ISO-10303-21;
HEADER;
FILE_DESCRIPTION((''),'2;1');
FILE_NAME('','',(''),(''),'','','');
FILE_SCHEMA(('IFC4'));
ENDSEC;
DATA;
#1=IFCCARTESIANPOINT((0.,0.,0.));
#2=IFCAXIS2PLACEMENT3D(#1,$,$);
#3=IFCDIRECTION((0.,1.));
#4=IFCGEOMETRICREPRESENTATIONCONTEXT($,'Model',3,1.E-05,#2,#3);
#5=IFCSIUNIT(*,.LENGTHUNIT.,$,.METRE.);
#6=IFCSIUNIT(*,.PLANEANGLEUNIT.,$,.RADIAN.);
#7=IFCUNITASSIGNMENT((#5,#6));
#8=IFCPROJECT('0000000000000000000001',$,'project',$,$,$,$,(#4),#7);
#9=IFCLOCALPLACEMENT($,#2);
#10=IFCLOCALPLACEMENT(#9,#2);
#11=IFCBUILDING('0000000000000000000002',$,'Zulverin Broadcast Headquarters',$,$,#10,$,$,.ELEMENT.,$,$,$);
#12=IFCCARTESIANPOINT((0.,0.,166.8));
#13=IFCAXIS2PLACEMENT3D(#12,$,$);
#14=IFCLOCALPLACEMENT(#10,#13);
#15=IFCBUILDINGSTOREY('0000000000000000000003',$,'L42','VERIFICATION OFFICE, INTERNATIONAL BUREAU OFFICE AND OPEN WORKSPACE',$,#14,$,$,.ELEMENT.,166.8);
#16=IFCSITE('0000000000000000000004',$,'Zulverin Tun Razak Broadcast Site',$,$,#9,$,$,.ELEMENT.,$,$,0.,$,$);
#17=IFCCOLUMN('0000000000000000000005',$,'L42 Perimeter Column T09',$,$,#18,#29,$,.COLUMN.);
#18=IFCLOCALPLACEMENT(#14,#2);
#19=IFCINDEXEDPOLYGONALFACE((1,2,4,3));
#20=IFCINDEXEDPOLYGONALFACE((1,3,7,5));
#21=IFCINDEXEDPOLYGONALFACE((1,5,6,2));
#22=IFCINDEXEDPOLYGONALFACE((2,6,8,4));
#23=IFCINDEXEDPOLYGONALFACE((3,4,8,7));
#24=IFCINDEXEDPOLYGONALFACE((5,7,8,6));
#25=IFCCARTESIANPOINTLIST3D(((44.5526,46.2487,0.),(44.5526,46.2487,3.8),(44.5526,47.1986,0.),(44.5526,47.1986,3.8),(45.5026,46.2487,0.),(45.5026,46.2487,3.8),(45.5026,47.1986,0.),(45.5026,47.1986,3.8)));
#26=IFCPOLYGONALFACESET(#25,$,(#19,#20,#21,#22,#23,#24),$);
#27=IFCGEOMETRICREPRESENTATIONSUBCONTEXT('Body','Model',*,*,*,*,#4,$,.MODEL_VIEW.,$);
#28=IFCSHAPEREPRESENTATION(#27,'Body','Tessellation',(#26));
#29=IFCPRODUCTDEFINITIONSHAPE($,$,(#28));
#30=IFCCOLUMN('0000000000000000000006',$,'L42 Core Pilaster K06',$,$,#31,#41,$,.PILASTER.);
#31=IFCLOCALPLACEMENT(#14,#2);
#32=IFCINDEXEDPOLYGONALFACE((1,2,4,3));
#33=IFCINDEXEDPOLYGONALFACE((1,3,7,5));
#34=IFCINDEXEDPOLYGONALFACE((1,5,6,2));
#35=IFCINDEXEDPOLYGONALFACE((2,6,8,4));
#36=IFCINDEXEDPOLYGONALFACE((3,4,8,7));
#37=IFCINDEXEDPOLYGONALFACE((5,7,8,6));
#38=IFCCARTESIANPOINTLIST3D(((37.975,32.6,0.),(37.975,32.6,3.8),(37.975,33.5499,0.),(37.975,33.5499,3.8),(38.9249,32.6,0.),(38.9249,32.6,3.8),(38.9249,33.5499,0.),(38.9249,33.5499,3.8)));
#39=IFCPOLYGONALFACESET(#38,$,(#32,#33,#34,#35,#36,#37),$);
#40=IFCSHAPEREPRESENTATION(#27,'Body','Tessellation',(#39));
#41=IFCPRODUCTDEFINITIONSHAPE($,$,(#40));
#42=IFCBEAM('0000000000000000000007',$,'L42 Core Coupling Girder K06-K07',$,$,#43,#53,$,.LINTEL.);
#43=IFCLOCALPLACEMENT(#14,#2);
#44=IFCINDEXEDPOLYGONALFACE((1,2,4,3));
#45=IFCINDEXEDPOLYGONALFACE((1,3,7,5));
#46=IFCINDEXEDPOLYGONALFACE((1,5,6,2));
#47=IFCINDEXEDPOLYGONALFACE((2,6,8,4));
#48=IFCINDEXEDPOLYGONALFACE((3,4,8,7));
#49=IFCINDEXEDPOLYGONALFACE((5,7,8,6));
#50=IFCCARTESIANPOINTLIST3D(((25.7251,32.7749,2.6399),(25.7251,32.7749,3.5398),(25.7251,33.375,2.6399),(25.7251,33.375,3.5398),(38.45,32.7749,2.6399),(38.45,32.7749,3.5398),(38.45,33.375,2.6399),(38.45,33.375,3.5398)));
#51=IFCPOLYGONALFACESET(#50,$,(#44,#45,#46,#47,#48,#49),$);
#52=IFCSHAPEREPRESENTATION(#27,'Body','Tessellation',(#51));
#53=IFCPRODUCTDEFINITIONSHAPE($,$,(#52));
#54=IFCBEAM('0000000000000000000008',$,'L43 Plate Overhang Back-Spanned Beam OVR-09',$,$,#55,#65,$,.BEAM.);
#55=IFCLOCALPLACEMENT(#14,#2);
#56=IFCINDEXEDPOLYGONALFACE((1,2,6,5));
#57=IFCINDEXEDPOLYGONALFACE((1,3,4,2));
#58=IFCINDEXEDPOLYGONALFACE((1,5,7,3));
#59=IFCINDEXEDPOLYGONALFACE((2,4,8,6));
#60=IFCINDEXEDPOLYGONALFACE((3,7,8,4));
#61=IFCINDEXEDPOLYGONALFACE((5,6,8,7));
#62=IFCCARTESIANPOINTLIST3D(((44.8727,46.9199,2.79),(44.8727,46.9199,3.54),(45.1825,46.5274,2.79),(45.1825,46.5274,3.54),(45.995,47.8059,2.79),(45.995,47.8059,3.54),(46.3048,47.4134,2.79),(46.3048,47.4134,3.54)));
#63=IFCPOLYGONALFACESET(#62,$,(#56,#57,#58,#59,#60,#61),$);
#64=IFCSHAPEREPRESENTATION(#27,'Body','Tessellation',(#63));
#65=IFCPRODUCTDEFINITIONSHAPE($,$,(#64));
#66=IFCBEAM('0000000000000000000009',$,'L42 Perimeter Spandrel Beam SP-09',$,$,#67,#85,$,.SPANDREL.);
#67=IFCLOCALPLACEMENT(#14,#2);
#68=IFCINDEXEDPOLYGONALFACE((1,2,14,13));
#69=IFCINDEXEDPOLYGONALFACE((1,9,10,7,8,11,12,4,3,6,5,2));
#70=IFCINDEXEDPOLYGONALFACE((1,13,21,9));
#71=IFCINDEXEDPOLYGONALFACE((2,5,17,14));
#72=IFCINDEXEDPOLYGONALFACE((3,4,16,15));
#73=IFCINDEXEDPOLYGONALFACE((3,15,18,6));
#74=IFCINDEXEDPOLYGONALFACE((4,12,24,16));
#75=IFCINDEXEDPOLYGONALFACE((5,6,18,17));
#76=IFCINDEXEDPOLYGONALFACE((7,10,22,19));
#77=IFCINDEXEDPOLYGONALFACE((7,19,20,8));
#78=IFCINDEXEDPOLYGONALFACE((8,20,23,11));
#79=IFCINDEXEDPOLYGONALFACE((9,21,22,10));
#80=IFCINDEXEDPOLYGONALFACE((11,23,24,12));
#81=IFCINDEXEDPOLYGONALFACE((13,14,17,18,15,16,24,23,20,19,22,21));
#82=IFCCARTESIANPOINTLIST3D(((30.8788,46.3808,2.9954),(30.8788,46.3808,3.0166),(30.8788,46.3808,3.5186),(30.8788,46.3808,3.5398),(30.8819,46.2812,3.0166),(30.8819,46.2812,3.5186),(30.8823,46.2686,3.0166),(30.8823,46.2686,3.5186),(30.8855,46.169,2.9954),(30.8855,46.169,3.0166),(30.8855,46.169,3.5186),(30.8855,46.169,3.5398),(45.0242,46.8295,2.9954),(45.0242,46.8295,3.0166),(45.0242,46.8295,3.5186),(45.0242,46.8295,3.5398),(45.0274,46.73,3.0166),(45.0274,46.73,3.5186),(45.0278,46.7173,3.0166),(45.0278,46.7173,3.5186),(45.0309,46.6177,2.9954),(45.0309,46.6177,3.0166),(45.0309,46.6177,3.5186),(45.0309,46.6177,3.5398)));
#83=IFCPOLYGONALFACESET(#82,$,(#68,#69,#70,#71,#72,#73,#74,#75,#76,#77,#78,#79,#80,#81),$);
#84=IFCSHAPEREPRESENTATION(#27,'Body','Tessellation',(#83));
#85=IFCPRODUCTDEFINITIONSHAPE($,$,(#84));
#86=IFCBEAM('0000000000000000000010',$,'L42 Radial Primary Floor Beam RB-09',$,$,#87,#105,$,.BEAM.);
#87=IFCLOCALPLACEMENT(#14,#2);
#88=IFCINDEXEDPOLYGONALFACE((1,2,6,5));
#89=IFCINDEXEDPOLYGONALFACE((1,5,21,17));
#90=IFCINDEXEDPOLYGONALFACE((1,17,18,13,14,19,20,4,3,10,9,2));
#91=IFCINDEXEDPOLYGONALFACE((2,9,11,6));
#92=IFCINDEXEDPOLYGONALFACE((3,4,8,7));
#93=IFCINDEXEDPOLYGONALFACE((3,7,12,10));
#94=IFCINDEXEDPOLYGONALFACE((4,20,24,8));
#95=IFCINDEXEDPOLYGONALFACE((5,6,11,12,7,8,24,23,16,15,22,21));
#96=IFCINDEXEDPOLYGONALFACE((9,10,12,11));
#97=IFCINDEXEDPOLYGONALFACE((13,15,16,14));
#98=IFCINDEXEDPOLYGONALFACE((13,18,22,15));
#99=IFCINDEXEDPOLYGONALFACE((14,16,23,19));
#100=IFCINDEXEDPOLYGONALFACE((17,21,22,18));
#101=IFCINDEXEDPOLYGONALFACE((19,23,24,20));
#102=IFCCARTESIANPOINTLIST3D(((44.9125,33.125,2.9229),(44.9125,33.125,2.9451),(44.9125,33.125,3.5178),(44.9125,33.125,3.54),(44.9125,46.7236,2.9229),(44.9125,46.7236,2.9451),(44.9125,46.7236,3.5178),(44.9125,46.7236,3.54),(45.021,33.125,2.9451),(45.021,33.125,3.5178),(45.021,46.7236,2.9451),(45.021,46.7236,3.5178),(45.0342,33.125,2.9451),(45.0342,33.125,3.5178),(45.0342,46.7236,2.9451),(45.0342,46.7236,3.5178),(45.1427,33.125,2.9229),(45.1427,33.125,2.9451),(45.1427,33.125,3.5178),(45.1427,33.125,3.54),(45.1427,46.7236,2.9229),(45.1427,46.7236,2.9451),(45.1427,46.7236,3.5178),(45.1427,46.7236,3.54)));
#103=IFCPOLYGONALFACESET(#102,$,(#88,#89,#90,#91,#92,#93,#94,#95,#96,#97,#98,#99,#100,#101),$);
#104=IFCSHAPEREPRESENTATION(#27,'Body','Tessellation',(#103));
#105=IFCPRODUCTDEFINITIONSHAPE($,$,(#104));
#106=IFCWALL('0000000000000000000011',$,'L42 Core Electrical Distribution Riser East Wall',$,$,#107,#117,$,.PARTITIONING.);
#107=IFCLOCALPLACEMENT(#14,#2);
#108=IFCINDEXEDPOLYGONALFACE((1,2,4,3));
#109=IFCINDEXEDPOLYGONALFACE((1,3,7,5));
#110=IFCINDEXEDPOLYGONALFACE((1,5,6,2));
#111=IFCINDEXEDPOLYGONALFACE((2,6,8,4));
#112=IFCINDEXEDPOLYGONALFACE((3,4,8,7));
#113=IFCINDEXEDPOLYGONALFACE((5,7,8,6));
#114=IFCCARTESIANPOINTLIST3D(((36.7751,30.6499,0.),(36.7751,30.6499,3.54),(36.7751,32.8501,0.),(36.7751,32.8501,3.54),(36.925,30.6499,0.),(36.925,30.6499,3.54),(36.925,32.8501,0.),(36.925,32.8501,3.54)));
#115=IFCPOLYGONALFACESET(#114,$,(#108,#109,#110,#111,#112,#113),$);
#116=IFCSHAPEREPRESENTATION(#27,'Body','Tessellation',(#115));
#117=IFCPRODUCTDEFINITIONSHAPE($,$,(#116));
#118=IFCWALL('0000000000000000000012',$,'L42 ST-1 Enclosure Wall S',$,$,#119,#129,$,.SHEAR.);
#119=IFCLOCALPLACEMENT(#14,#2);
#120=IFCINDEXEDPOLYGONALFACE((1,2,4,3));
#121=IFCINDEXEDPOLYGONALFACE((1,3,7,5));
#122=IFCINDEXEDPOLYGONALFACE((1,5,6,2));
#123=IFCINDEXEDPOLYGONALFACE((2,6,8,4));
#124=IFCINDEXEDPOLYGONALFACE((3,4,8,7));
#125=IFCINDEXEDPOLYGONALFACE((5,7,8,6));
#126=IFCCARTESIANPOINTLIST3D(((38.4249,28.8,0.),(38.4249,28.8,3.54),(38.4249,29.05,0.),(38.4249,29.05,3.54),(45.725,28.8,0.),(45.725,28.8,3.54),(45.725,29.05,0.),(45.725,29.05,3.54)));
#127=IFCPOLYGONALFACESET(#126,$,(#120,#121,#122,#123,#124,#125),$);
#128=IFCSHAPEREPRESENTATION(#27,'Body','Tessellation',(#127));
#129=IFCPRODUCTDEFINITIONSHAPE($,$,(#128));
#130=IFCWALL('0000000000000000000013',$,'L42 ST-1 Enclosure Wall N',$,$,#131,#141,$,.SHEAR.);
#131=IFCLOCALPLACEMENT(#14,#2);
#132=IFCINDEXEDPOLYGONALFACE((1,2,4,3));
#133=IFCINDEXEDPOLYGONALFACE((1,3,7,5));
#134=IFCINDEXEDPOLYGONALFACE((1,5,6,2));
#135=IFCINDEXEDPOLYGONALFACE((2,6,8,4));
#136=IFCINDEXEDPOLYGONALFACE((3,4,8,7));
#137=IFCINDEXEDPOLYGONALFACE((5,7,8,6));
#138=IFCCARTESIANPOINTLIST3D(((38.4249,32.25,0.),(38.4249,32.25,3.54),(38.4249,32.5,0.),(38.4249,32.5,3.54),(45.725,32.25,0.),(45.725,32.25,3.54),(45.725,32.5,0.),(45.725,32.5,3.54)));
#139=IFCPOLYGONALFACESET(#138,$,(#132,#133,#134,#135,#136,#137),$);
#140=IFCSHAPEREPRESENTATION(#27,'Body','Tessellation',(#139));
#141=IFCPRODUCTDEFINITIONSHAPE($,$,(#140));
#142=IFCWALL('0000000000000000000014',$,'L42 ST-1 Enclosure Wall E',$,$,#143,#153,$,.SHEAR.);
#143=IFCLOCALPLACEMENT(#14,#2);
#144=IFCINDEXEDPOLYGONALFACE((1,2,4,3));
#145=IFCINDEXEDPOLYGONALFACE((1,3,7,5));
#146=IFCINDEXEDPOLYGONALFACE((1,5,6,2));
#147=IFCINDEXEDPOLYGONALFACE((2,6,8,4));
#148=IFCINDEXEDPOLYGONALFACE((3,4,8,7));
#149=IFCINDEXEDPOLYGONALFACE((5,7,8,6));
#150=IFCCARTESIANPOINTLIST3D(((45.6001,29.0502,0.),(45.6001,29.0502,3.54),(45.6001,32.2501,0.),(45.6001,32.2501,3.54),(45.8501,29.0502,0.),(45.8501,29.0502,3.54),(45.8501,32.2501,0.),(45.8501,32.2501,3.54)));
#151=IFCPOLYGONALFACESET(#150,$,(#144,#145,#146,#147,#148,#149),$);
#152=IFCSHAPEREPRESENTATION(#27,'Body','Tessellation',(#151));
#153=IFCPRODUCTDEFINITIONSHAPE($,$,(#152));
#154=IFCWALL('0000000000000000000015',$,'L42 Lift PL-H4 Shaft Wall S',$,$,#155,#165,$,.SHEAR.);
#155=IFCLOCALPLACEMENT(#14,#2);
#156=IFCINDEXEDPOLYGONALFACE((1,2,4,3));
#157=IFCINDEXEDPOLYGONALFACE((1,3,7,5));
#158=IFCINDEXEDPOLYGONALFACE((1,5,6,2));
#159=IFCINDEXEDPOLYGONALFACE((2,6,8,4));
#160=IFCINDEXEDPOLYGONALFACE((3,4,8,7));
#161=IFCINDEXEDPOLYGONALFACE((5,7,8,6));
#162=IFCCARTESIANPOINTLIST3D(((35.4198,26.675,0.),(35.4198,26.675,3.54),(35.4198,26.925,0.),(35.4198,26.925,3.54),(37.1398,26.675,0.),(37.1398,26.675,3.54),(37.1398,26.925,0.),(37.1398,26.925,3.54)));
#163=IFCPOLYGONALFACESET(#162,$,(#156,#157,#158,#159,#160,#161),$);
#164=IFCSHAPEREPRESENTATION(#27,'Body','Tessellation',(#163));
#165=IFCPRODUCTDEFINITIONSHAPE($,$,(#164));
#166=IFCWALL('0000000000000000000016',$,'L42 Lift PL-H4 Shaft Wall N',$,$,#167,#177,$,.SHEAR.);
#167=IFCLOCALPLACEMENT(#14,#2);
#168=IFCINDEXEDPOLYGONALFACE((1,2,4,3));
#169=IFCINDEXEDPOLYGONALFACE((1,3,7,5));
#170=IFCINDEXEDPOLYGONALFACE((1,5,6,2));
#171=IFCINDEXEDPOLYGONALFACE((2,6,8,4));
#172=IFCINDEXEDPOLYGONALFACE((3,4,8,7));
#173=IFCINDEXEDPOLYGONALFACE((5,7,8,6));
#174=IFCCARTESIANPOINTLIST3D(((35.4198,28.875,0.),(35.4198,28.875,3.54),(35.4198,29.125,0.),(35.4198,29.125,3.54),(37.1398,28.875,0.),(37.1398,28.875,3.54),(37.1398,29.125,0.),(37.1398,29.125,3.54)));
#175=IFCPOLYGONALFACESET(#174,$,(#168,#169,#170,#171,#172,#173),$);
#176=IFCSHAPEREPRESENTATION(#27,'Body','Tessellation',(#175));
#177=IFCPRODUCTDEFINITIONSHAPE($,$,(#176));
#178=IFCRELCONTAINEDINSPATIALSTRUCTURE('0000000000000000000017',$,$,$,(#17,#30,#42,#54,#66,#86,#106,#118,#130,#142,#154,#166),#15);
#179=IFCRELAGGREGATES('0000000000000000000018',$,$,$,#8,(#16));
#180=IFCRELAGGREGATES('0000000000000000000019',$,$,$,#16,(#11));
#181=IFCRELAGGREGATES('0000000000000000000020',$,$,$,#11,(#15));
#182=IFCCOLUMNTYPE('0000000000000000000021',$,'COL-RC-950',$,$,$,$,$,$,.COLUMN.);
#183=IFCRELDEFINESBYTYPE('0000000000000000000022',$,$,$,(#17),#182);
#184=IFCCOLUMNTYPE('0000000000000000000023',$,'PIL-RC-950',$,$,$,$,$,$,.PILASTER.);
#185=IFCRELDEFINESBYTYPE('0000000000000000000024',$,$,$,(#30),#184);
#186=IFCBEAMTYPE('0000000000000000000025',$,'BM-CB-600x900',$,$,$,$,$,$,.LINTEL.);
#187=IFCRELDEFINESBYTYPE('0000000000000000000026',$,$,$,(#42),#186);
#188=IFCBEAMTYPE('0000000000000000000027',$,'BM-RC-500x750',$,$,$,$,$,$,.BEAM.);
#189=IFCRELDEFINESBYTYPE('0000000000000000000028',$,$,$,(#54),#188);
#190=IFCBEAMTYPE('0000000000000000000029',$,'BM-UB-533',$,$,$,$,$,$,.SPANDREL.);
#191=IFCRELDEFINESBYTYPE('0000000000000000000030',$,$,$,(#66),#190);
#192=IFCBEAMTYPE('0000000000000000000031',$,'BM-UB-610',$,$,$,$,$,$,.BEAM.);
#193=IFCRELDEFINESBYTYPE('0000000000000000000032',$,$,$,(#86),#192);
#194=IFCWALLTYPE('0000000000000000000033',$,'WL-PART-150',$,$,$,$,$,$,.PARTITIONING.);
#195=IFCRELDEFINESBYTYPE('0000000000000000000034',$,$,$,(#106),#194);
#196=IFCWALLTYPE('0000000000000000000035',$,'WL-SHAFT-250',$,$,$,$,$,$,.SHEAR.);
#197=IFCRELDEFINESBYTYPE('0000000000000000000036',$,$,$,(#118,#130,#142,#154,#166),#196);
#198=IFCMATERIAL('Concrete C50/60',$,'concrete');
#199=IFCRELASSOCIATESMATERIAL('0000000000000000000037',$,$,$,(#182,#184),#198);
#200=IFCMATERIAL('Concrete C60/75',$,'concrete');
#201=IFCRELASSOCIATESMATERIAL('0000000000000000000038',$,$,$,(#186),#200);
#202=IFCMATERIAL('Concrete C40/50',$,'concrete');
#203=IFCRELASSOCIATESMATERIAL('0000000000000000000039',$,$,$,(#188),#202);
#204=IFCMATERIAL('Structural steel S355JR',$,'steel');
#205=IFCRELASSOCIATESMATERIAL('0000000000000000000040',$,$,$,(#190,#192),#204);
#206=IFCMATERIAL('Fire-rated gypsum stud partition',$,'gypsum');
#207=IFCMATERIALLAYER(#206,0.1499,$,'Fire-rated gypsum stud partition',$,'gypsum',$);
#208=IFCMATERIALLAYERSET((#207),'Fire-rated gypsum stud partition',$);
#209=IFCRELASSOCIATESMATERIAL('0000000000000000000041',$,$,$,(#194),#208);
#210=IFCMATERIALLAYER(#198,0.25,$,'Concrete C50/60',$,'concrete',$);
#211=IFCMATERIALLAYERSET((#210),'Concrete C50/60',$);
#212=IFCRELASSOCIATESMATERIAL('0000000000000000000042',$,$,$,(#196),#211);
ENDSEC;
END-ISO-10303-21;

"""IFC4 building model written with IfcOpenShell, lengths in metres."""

from ifc_helpers import new_model, si_unit, direction, frame, frame_2d, origin, origin_2d, place, context, subcontext, project, spatial, rectangle, i_section, extrude, material, layer, layer_set, material_profile, profile_set, type_object, element, save


model = new_model("IFC4")

# Units and contexts
model_context = context("Model", 3, precision=1e-05, world=origin(), true_north=direction((0.0, 1.0)))
body_context = subcontext(model_context, "Body", "Model", "MODEL_VIEW")
ifc_project = project(units=[si_unit("LENGTHUNIT", "METRE"), si_unit("PLANEANGLEUNIT", "RADIAN")], contexts=[model_context])

# Site, building, storey
site_placement = place(None, origin())
site = spatial("IfcSite", under=ifc_project, at=site_placement, Name="Zulverin Tun Razak Broadcast Site", CompositionType="ELEMENT", RefElevation=0.0)
building_placement = place(site_placement, origin())
building = spatial("IfcBuilding", under=site, at=building_placement, Name="Zulverin Broadcast Headquarters", CompositionType="ELEMENT")
storey_placement = place(building_placement, frame((0.0, 0.0, 166.8)))
storey = spatial("IfcBuildingStorey", under=building, at=storey_placement, Name="L42", Description="VERIFICATION OFFICE, INTERNATIONAL BUREAU OFFICE AND OPEN WORKSPACE", CompositionType="ELEMENT", Elevation=166.8)

# Columns
ifc_material_1 = material(Name="Concrete C50/60", Category="concrete")
ifc_material_profile_1 = material_profile(ifc_material_1, rectangle(XDim=0.95, YDim=0.95, at=origin_2d()), Name="Concrete C50/60", Category="concrete")
ifc_profile_set_1 = profile_set([ifc_material_profile_1], Name="Concrete C50/60")
column_type_1 = type_object("IfcColumnType", Name="COL-RC-950", PredefinedType="COLUMN", material=ifc_profile_set_1)
column_1_placement = place(storey_placement, frame((45.0276, 46.7236, 0.0), z_axis=(0.0, 0.0, 1.0), x_axis=(1.0, 0.0, 0.0)))
element("IfcColumn", 1, at=column_1_placement, inside=storey, type_object=column_type_1, Name="L42 Perimeter Column T09", PredefinedType="COLUMN", context=body_context, shape_type="SweptSolid", body=[
    extrude(rectangle(XDim=0.95, YDim=0.95, at=origin_2d()), origin(), (0.0, 0.0, 1.0), 3.8),
])
ifc_material_profile_2 = material_profile(ifc_material_1, rectangle(XDim=0.95, YDim=0.95, at=origin_2d()), Name="Concrete C50/60", Category="concrete")
ifc_profile_set_2 = profile_set([ifc_material_profile_2], Name="Concrete C50/60")
column_type_2 = type_object("IfcColumnType", Name="PIL-RC-950", PredefinedType="PILASTER", material=ifc_profile_set_2)
column_2_placement = place(storey_placement, frame((38.45, 33.075, 0.0), z_axis=(0.0, 0.0, 1.0), x_axis=(1.0, 0.0, 0.0)))
element("IfcColumn", 2, at=column_2_placement, inside=storey, type_object=column_type_2, Name="L42 Core Pilaster K06", PredefinedType="PILASTER", context=body_context, shape_type="SweptSolid", body=[
    extrude(rectangle(XDim=0.95, YDim=0.95, at=origin_2d()), origin(), (0.0, 0.0, 1.0), 3.8),
])

# Beams
ifc_material_2 = material(Name="Concrete C60/75", Category="concrete")
ifc_material_profile_3 = material_profile(ifc_material_2, rectangle(XDim=0.6001, YDim=0.8999, at=origin_2d()), Name="Concrete C60/75", Category="concrete")
ifc_profile_set_3 = profile_set([ifc_material_profile_3], Name="Concrete C60/75")
beam_type_1 = type_object("IfcBeamType", Name="BM-CB-600x900", PredefinedType="LINTEL", material=ifc_profile_set_3)
beam_1_placement = place(storey_placement, frame((38.45, 33.075, 3.0898), z_axis=(-1.0, 0.0, 0.0), x_axis=(0.0, -1.0, 0.0)))
element("IfcBeam", 3, at=beam_1_placement, inside=storey, type_object=beam_type_1, Name="L42 Core Coupling Girder K06-K07", PredefinedType="LINTEL", context=body_context, shape_type="SweptSolid", body=[
    extrude(rectangle(XDim=0.6001, YDim=0.8999, at=origin_2d()), origin(), (0.0, 0.0, 1.0), 12.7249),
])
ifc_material_3 = material(Name="Concrete C40/50", Category="concrete")
ifc_material_profile_4 = material_profile(ifc_material_3, rectangle(XDim=0.5, YDim=0.75, at=origin_2d()), Name="Concrete C40/50", Category="concrete")
ifc_profile_set_4 = profile_set([ifc_material_profile_4], Name="Concrete C40/50")
beam_type_2 = type_object("IfcBeamType", Name="BM-RC-500x750", PredefinedType="BEAM", material=ifc_profile_set_4)
beam_2_placement = place(storey_placement, frame((45.0276, 46.7236, 3.165), z_axis=(0.7849, 0.619622, 0.0), x_axis=(-0.619622, 0.7849, 0.0)))
element("IfcBeam", 4, at=beam_2_placement, inside=storey, type_object=beam_type_2, Name="L43 Plate Overhang Back-Spanned Beam OVR-09", PredefinedType="BEAM", context=body_context, shape_type="SweptSolid", body=[
    extrude(rectangle(XDim=0.5, YDim=0.75, at=origin_2d()), origin(), (0.0, 0.0, 1.0), 1.4299),
])
ifc_material_4 = material(Name="Structural steel S355JR", Category="steel")
ifc_material_profile_5 = material_profile(ifc_material_4, i_section(OverallWidth=0.2119, OverallDepth=0.5444, WebThickness=0.0127, FlangeThickness=0.0212, at=origin_2d()), Name="Structural steel S355JR", Category="steel")
ifc_profile_set_5 = profile_set([ifc_material_profile_5], Name="Structural steel S355JR")
beam_type_3 = type_object("IfcBeamType", Name="BM-UB-533", PredefinedType="SPANDREL", material=ifc_profile_set_5)
beam_3_placement = place(storey_placement, frame((45.0276, 46.7236, 3.2676), z_axis=(-0.999497, -0.031707, 0.0), x_axis=(0.031707, -0.999497, 0.0)))
element("IfcBeam", 5, at=beam_3_placement, inside=storey, type_object=beam_type_3, Name="L42 Perimeter Spandrel Beam SP-09", PredefinedType="SPANDREL", context=body_context, shape_type="SweptSolid", body=[
    extrude(i_section(OverallWidth=0.2119, OverallDepth=0.5444, WebThickness=0.0127, FlangeThickness=0.0212, at=origin_2d()), origin(), (0.0, 0.0, 1.0), 14.1526),
])
ifc_material_profile_6 = material_profile(ifc_material_4, i_section(OverallWidth=0.2302, OverallDepth=0.6172, WebThickness=0.0132, FlangeThickness=0.0222, at=origin_2d()), Name="Structural steel S355JR", Category="steel")
ifc_profile_set_6 = profile_set([ifc_material_profile_6], Name="Structural steel S355JR")
beam_type_4 = type_object("IfcBeamType", Name="BM-UB-610", PredefinedType="BEAM", material=ifc_profile_set_6)
beam_4_placement = place(storey_placement, frame((45.0276, 33.125, 3.2314), z_axis=(0.0, 1.0, 0.0), x_axis=(-1.0, 0.0, 0.0)))
element("IfcBeam", 6, at=beam_4_placement, inside=storey, type_object=beam_type_4, Name="L42 Radial Primary Floor Beam RB-09", PredefinedType="BEAM", context=body_context, shape_type="SweptSolid", body=[
    extrude(i_section(OverallWidth=0.2302, OverallDepth=0.6172, WebThickness=0.0132, FlangeThickness=0.0222, at=origin_2d()), origin(), (0.0, 0.0, 1.0), 13.5986),
])

# Walls
ifc_material_5 = material(Name="Fire-rated gypsum stud partition", Category="gypsum")
ifc_layer_1 = layer(ifc_material_5, 0.1499, Name="Fire-rated gypsum stud partition", Category="gypsum")
ifc_layer_set_1 = layer_set([ifc_layer_1], Name="Fire-rated gypsum stud partition")
wall_type_1 = type_object("IfcWallType", Name="WL-PART-150", PredefinedType="PARTITIONING", material=ifc_layer_set_1)
wall_1_placement = place(storey_placement, frame((36.8501, 30.6499, 0.0), z_axis=(0.0, 0.0, 1.0), x_axis=(0.0, 1.0, 0.0)))
element("IfcWall", 7, at=wall_1_placement, inside=storey, type_object=wall_type_1, Name="L42 Core Electrical Distribution Riser East Wall", PredefinedType="PARTITIONING", context=body_context, shape_type="SweptSolid", body=[
    extrude(rectangle(XDim=2.2002, YDim=0.1499, at=frame_2d((1.1001, 0.0))), origin(), (0.0, 0.0, 1.0), 3.54),
])
ifc_layer_2 = layer(ifc_material_1, 0.25, Name="Concrete C50/60", Category="concrete")
ifc_layer_set_2 = layer_set([ifc_layer_2], Name="Concrete C50/60")
wall_type_2 = type_object("IfcWallType", Name="WL-SHAFT-250", PredefinedType="SHEAR", material=ifc_layer_set_2)
for number, where, z_axis, x_axis, name in (
    (8, (38.425, 28.925, 0.0), (0.0, 0.0, 1.0), (1.0, 0.0, 0.0), "L42 ST-1 Enclosure Wall S"),
    (9, (38.425, 32.375, 0.0), (0.0, 0.0, 1.0), (1.0, 0.0, 0.0), "L42 ST-1 Enclosure Wall N"),
):
    element("IfcWall", number, at=place(storey_placement, frame(where, z_axis=z_axis, x_axis=x_axis)), inside=storey, type_object=wall_type_2, Name=name, PredefinedType="SHEAR", context=body_context, shape_type="SweptSolid", body=[
        extrude(rectangle(XDim=7.3, YDim=0.25, at=frame_2d((3.6499, 0.0))), origin(), (0.0, 0.0, 1.0), 3.54),
    ])

# Walls
wall_2_placement = place(storey_placement, frame((45.7251, 29.05, 0.0), z_axis=(0.0, 0.0, 1.0), x_axis=(0.0, 1.0, 0.0)))
element("IfcWall", 10, at=wall_2_placement, inside=storey, type_object=wall_type_2, Name="L42 ST-1 Enclosure Wall E", PredefinedType="SHEAR", context=body_context, shape_type="SweptSolid", body=[
    extrude(rectangle(XDim=3.2, YDim=0.25, at=frame_2d((1.6001, 0.0))), origin(), (0.0, 0.0, 1.0), 3.54),
])
for number, where, z_axis, x_axis, name in (
    (11, (35.4199, 26.8, 0.0), (0.0, 0.0, 1.0), (1.0, 0.0, 0.0), "L42 Lift PL-H4 Shaft Wall S"),
    (12, (35.4199, 29.0, 0.0), (0.0, 0.0, 1.0), (1.0, 0.0, 0.0), "L42 Lift PL-H4 Shaft Wall N"),
):
    element("IfcWall", number, at=place(storey_placement, frame(where, z_axis=z_axis, x_axis=x_axis)), inside=storey, type_object=wall_type_2, Name=name, PredefinedType="SHEAR", context=body_context, shape_type="SweptSolid", body=[
        extrude(rectangle(XDim=1.72, YDim=0.25, at=frame_2d((0.8599, 0.0))), origin(), (0.0, 0.0, 1.0), 3.54),
    ])

save(model, "model.ifc")
